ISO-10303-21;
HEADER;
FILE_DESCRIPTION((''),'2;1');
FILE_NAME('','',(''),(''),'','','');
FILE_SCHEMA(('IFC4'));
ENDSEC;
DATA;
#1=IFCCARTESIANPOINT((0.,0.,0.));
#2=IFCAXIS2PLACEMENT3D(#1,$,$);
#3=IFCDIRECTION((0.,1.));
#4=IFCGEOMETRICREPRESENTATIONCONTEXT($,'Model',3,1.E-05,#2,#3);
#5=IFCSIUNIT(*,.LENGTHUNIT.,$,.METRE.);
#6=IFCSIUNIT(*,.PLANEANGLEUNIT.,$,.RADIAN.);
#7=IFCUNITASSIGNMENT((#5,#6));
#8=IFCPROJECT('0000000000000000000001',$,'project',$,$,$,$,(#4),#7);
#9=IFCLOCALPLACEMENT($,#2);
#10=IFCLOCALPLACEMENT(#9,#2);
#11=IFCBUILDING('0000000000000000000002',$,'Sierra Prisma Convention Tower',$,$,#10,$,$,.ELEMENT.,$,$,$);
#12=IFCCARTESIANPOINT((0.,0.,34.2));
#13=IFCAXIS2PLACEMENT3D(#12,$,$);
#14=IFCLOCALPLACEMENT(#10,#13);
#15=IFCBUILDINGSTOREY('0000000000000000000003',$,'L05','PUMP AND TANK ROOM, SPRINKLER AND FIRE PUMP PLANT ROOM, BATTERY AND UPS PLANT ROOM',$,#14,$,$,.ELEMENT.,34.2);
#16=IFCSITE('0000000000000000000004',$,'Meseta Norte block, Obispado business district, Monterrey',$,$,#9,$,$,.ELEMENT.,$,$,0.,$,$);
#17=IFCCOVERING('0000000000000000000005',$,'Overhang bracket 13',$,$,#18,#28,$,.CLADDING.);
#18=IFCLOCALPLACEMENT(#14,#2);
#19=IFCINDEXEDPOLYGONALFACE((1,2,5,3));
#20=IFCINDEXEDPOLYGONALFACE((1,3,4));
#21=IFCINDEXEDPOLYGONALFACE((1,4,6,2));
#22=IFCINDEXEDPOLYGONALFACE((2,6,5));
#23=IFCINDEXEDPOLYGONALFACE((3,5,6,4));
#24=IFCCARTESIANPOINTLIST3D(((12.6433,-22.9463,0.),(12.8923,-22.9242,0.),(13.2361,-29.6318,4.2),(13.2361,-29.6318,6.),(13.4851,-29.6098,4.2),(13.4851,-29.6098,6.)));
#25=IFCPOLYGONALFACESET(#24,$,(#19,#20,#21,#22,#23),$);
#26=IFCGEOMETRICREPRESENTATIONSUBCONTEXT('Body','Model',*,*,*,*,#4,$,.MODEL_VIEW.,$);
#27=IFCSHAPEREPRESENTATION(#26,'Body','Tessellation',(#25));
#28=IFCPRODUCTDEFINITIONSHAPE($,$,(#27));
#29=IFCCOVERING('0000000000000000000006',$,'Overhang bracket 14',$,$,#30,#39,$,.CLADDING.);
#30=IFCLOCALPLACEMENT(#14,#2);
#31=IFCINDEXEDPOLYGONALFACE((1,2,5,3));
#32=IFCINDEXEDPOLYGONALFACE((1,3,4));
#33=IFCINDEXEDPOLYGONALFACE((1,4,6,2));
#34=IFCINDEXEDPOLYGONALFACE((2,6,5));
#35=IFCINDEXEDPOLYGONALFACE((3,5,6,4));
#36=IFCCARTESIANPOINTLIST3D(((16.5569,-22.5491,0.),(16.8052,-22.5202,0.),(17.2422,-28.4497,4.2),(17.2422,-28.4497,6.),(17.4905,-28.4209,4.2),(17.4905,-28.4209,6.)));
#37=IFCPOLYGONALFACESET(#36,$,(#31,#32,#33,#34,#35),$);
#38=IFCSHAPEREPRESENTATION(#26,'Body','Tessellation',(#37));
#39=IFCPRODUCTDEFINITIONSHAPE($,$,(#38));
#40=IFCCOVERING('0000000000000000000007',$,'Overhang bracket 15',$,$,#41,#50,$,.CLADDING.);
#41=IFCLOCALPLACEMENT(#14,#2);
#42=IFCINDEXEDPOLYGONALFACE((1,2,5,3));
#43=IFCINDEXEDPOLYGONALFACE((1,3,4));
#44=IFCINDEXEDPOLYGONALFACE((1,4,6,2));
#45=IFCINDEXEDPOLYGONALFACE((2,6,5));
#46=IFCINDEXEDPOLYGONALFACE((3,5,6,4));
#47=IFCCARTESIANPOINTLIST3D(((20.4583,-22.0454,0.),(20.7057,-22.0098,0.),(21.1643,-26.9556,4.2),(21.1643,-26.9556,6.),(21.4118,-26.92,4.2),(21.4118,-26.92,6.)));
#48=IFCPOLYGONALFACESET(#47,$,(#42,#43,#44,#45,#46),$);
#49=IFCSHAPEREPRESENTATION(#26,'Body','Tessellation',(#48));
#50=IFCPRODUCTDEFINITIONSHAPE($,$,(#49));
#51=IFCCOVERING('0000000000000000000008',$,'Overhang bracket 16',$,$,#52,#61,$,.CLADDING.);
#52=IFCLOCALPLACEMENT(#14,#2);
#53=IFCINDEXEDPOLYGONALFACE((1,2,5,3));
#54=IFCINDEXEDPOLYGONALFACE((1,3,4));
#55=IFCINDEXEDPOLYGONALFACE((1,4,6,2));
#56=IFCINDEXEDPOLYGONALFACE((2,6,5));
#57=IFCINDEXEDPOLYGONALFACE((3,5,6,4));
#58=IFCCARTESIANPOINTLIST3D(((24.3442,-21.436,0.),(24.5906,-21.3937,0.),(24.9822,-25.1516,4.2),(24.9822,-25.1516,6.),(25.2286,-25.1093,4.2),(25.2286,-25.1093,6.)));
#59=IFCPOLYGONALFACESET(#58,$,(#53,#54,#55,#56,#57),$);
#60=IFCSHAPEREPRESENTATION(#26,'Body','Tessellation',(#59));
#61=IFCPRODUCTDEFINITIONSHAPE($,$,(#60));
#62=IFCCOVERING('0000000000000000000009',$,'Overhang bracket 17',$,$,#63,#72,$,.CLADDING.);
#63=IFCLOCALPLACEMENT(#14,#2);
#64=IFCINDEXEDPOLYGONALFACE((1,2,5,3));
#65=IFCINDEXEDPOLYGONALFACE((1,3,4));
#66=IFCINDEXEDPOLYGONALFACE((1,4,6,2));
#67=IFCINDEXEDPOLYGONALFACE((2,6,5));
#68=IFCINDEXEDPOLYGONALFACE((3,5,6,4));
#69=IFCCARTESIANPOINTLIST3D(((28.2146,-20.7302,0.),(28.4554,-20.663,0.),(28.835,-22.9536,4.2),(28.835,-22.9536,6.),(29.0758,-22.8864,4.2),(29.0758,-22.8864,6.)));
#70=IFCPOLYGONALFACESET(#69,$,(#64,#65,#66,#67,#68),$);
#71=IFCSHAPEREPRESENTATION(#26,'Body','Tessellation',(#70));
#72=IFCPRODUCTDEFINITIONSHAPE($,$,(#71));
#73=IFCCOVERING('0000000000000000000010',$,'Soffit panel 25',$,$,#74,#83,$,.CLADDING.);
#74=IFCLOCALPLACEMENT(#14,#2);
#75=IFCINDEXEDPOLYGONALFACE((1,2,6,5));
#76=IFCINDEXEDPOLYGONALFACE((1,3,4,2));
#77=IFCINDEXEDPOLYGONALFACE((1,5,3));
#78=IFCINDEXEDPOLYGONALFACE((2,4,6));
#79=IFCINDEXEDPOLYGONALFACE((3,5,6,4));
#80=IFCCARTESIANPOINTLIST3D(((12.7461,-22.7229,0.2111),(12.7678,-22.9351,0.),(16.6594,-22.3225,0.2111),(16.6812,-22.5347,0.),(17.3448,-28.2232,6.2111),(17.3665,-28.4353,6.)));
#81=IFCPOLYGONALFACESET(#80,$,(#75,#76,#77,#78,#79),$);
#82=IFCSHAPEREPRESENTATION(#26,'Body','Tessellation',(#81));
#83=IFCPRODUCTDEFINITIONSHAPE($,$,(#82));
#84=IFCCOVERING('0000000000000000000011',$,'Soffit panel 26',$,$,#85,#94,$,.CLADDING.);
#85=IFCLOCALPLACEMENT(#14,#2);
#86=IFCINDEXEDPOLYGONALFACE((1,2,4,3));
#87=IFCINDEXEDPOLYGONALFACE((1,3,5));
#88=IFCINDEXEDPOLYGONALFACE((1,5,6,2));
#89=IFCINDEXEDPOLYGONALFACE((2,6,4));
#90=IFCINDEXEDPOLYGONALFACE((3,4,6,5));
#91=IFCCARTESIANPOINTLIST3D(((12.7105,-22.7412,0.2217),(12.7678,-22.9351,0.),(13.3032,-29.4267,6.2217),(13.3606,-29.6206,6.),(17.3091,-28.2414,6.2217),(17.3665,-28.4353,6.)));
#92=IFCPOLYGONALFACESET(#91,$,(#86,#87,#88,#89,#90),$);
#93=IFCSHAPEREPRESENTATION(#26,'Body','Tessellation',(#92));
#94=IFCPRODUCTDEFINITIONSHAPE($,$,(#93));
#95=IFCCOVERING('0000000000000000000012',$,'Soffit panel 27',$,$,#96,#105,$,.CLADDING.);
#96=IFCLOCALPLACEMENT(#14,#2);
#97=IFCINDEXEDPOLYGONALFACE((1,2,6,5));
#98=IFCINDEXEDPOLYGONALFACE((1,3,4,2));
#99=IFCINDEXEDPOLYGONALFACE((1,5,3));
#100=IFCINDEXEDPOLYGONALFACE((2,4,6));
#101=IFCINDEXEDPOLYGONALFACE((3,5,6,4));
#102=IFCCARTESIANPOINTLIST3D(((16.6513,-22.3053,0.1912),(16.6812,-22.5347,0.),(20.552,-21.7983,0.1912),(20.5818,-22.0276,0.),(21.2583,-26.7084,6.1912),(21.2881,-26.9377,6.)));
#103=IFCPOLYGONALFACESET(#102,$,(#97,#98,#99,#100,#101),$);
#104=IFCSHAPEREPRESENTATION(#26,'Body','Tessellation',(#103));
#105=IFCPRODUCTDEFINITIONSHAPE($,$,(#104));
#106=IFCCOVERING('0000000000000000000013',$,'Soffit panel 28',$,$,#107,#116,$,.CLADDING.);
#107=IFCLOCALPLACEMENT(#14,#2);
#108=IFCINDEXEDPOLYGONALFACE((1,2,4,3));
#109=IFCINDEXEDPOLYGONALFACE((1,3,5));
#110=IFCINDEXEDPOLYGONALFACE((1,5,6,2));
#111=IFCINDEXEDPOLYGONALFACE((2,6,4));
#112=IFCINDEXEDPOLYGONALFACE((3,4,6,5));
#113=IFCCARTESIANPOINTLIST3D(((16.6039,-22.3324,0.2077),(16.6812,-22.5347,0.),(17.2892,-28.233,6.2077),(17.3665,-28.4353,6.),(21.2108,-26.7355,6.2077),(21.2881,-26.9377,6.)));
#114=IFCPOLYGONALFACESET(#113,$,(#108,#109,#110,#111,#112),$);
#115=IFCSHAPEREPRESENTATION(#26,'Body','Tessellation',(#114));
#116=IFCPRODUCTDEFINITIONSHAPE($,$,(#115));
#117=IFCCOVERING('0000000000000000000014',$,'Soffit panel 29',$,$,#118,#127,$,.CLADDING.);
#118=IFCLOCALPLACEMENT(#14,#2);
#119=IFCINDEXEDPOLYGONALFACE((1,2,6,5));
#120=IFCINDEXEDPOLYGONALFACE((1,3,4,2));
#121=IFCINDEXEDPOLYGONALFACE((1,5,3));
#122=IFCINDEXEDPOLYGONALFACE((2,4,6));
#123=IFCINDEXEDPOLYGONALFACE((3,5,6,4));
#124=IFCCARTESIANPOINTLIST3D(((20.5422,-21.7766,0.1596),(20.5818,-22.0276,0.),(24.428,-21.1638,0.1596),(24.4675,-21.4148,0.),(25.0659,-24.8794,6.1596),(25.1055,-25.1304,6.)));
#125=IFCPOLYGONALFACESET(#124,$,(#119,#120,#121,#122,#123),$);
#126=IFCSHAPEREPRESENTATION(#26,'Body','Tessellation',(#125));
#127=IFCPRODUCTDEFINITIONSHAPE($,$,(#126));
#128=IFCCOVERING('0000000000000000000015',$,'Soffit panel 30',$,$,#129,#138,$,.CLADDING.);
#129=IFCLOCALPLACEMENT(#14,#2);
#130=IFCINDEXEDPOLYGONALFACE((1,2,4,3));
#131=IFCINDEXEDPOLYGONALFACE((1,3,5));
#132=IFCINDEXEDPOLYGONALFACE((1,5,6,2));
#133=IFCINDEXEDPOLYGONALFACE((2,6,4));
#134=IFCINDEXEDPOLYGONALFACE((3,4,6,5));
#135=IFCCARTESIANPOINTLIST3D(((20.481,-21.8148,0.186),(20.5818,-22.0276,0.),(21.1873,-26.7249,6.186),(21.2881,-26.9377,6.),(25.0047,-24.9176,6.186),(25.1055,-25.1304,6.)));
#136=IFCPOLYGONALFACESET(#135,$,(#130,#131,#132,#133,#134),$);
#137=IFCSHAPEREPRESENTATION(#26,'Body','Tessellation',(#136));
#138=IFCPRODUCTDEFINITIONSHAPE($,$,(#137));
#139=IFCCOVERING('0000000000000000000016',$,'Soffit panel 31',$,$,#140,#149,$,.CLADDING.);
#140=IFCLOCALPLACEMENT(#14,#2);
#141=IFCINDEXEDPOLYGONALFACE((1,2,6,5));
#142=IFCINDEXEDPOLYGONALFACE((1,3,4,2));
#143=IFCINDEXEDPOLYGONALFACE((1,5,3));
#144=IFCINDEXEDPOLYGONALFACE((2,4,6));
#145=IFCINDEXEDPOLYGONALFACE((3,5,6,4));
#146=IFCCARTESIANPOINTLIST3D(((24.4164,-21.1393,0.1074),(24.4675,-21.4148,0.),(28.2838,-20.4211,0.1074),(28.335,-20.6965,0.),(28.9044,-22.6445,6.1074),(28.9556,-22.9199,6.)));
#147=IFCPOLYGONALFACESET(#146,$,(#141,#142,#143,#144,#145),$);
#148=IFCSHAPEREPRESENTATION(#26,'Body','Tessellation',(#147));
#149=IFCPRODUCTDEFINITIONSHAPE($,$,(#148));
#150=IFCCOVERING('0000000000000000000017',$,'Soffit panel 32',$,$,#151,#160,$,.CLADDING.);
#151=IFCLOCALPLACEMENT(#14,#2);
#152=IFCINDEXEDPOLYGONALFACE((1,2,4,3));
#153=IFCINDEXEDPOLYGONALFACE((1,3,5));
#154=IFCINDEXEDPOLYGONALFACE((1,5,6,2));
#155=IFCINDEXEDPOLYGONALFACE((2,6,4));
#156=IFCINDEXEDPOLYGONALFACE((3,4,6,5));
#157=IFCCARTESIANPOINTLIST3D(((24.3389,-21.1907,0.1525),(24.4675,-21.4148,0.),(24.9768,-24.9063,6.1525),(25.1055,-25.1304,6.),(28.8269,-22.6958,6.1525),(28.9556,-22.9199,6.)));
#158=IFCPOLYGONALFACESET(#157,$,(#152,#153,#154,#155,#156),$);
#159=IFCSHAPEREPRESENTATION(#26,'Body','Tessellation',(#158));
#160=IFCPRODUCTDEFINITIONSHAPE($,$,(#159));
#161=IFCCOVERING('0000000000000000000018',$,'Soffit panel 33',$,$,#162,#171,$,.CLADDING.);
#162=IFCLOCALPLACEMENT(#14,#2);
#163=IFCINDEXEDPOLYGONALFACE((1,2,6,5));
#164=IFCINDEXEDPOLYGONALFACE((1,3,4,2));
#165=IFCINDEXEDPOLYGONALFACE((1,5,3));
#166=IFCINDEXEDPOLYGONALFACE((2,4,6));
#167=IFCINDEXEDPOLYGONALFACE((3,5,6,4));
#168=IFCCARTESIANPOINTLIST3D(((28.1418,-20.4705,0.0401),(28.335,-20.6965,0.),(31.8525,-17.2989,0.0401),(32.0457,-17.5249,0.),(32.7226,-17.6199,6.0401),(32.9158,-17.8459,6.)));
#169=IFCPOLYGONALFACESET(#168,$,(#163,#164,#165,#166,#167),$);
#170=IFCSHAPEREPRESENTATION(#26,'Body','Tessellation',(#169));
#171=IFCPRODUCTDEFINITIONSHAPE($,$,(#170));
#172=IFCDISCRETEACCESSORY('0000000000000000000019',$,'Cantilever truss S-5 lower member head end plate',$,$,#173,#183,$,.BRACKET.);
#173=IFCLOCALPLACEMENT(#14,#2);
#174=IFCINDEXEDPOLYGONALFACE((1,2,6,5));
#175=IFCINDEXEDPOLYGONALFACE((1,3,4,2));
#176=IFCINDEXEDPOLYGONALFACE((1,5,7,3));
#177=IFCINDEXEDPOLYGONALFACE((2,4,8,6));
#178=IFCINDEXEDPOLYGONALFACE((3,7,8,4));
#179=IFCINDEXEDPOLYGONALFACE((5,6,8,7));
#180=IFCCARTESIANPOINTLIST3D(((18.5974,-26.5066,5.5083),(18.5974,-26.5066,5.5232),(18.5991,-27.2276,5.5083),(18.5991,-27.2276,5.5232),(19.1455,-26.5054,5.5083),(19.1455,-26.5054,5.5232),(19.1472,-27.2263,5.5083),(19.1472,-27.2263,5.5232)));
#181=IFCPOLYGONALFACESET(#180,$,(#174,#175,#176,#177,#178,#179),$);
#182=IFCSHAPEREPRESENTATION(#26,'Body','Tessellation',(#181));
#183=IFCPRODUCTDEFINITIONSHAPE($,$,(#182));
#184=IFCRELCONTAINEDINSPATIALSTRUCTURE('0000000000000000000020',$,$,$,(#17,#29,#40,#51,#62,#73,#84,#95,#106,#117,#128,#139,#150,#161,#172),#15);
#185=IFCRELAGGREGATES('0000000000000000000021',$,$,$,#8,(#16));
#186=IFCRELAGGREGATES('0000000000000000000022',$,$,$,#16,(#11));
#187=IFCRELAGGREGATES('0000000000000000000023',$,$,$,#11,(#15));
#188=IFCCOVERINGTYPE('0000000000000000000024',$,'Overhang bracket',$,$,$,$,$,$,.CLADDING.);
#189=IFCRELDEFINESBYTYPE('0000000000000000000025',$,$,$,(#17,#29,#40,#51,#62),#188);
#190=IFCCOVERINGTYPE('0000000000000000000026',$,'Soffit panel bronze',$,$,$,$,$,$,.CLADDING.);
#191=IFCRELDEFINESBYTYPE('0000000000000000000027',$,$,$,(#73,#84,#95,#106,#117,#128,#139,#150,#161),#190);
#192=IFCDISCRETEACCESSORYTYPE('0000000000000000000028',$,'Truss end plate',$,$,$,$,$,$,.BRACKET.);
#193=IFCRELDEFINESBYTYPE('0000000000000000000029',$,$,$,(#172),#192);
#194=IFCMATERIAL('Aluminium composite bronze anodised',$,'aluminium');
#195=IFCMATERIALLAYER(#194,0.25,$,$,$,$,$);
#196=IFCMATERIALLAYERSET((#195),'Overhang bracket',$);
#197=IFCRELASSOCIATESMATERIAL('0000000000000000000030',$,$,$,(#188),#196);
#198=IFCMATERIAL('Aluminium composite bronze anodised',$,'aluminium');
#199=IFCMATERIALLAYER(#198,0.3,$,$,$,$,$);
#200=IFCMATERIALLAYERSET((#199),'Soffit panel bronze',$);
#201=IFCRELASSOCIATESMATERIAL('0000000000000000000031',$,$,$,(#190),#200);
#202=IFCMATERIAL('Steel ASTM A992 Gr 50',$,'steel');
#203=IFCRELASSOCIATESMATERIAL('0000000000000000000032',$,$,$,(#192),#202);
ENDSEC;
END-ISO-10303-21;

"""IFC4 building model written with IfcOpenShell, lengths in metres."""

from ifc_helpers import new_model, si_unit, direction, frame, origin, origin_2d, place, context, subcontext, project, spatial, polyline, rectangle, outline, extrude, material, layer, layer_set, type_object, element, save


model = new_model("IFC4")

# Units and contexts
model_context = context("Model", 3, precision=1e-05, world=origin(), true_north=direction((0.0, 1.0)))
body_context = subcontext(model_context, "Body", "Model", "MODEL_VIEW")
ifc_project = project(units=[si_unit("LENGTHUNIT", "METRE"), si_unit("PLANEANGLEUNIT", "RADIAN")], contexts=[model_context])

# Site, building, storey
site_placement = place(None, origin())
site = spatial("IfcSite", under=ifc_project, at=site_placement, Name="Meseta Norte block, Obispado business district, Monterrey", CompositionType="ELEMENT", RefElevation=0.0)
building_placement = place(site_placement, origin())
building = spatial("IfcBuilding", under=site, at=building_placement, Name="Sierra Prisma Convention Tower", CompositionType="ELEMENT")
storey_placement = place(building_placement, frame((0.0, 0.0, 34.2)))
storey = spatial("IfcBuildingStorey", under=building, at=storey_placement, Name="L05", Description="PUMP AND TANK ROOM, SPRINKLER AND FIRE PUMP PLANT ROOM, BATTERY AND UPS PLANT ROOM", CompositionType="ELEMENT", Elevation=34.2)

# Coverings
ifc_material_1 = material(Name="Aluminium composite bronze anodised", Category="aluminium")
ifc_layer_1 = layer(ifc_material_1, 0.25)
ifc_layer_set_1 = layer_set([ifc_layer_1], Name="Overhang bracket")
covering_type_1 = type_object("IfcCoveringType", Name="Overhang bracket", PredefinedType="CLADDING", material=ifc_layer_set_1)
covering_1_placement = place(storey_placement, frame((12.6433, -22.9463, 0.0), z_axis=(-0.996092, -0.088318, 0.0), x_axis=(0.065844, -0.742619, 0.66647)))
element("IfcCovering", 1, at=covering_1_placement, inside=storey, type_object=covering_type_1, Name="Overhang bracket 13", PredefinedType="CLADDING", context=body_context, shape_type="SweptSolid", body=[
    extrude(outline(polyline([(0.0, 0.0), (9.0027, 0.0), (7.803, -1.342), (0.0, 0.0)])), origin(), (0.0, 0.0, -1.0), 0.25),
])
covering_2_placement = place(storey_placement, frame((16.5569, -22.5491, 0.0), z_axis=(-0.993323, -0.115365, 0.0), x_axis=(0.081167, -0.698865, 0.710634)))
element("IfcCovering", 2, at=covering_2_placement, inside=storey, type_object=covering_type_1, Name="Overhang bracket 14", PredefinedType="CLADDING", context=body_context, shape_type="SweptSolid", body=[
    extrude(outline(polyline([(0.0, 0.0), (8.4432, 0.0), (7.164, -1.2664), (0.0, 0.0)])), origin(), (0.0, 0.0, -1.0), 0.25),
])
covering_3_placement = place(storey_placement, frame((20.4583, -22.0454, 0.0), z_axis=(-0.989819, -0.142331, 0.0), x_axis=(0.090693, -0.63071, 0.770701)))
element("IfcCovering", 3, at=covering_3_placement, inside=storey, type_object=covering_type_1, Name="Overhang bracket 15", PredefinedType="CLADDING", context=body_context, shape_type="SweptSolid", body=[
    extrude(outline(polyline([(0.0, 0.0), (7.7851, 0.0), (6.3978, -1.147), (0.0, 0.0)])), origin(), (0.0, 0.0, -1.0), 0.25),
])
covering_4_placement = place(storey_placement, frame((24.3442, -21.436, 0.0), z_axis=(-0.985579, -0.169217, 0.0), x_axis=(0.090027, -0.524349, 0.846731)))
element("IfcCovering", 4, at=covering_4_placement, inside=storey, type_object=covering_type_1, Name="Overhang bracket 16", PredefinedType="CLADDING", context=body_context, shape_type="SweptSolid", body=[
    extrude(outline(polyline([(0.0, 0.0), (7.0861, 0.0), (5.5619, -0.9577), (0.0, 0.0)])), origin(), (0.0, 0.0, -1.0), 0.25),
])
covering_5_placement = place(storey_placement, frame((28.2146, -20.7302, 0.0), z_axis=(-0.96321, -0.268751, 0.0), x_axis=(0.096499, -0.345853, 0.933313)))
element("IfcCovering", 5, at=covering_5_placement, inside=storey, type_object=covering_type_1, Name="Overhang bracket 17", PredefinedType="CLADDING", context=body_context, shape_type="SweptSolid", body=[
    extrude(outline(polyline([(0.0, 0.0), (6.4287, 0.0), (4.7487, -0.6463), (0.0, 0.0)])), origin(), (0.0, 0.0, -1.0), 0.25),
])
ifc_material_2 = material(Name="Aluminium composite bronze anodised", Category="aluminium")
ifc_layer_2 = layer(ifc_material_2, 0.3)
ifc_layer_set_2 = layer_set([ifc_layer_2], Name="Soffit panel bronze")
covering_type_2 = type_object("IfcCoveringType", Name="Soffit panel bronze", PredefinedType="CLADDING", material=ifc_layer_set_2)
covering_6_placement = place(storey_placement, frame((12.7678, -22.9351, 0.0), z_axis=(0.072334, -0.706976, -0.703529), x_axis=(0.994807, 0.101783, 0.0)))
element("IfcCovering", 6, at=covering_6_placement, inside=storey, type_object=covering_type_2, Name="Soffit panel 25", PredefinedType="CLADDING", context=body_context, shape_type="SweptSolid", body=[
    extrude(outline(polyline([(0.0, 0.0), (3.9338, 0.0), (4.0149, 8.4428), (0.0, 0.0)])), origin(), (0.0, 0.0, -1.0), 0.3),
])
covering_7_placement = place(storey_placement, frame((12.7678, -22.9351, 0.0), z_axis=(0.191192, -0.646154, -0.738871), x_axis=(0.491895, -0.588337, 0.641793)))
element("IfcCovering", 7, at=covering_7_placement, inside=storey, type_object=covering_type_2, Name="Soffit panel 26", PredefinedType="CLADDING", context=body_context, shape_type="SweptSolid", body=[
    extrude(outline(polyline([(0.0, 0.0), (9.3488, 0.0), (8.0757, 3.9788), (0.0, 0.0)])), origin(), (0.0, 0.0, -1.0), 0.3),
])
covering_8_placement = place(storey_placement, frame((16.6812, -22.5347, 0.0), z_axis=(0.099358, -0.764296, -0.637165), x_axis=(0.991656, 0.128915, 0.0)))
element("IfcCovering", 8, at=covering_8_placement, inside=storey, type_object=covering_type_2, Name="Soffit panel 27", PredefinedType="CLADDING", context=body_context, shape_type="SweptSolid", body=[
    extrude(outline(polyline([(0.0, 0.0), (3.9335, 0.0), (4.0009, 7.7849), (0.0, 0.0)])), origin(), (0.0, 0.0, -1.0), 0.3),
])
covering_9_placement = place(storey_placement, frame((16.6812, -22.5347, 0.0), z_axis=(0.257419, -0.674097, -0.692335), x_axis=(0.52634, -0.50305, 0.685498)))
element("IfcCovering", 9, at=covering_9_placement, inside=storey, type_object=covering_type_2, Name="Soffit panel 28", PredefinedType="CLADDING", context=body_context, shape_type="SweptSolid", body=[
    extrude(outline(polyline([(0.0, 0.0), (8.7528, 0.0), (7.442, 3.988), (0.0, 0.0)])), origin(), (0.0, 0.0, -1.0), 0.3),
])
covering_10_placement = place(storey_placement, frame((20.5818, -22.0276, 0.0), z_axis=(0.131905, -0.836416, -0.531986), x_axis=(0.987792, 0.155778, 0.0)))
element("IfcCovering", 10, at=covering_10_placement, inside=storey, type_object=covering_type_2, Name="Soffit panel 29", PredefinedType="CLADDING", context=body_context, shape_type="SweptSolid", body=[
    extrude(outline(polyline([(0.0, 0.0), (3.9338, 0.0), (3.9851, 7.0859), (0.0, 0.0)])), origin(), (0.0, 0.0, -1.0), 0.3),
])
covering_11_placement = place(storey_placement, frame((20.5818, -22.0276, 0.0), z_axis=(0.335778, -0.709202, -0.619908), x_axis=(0.556443, -0.381663, 0.738041)))
element("IfcCovering", 11, at=covering_11_placement, inside=storey, type_object=covering_type_2, Name="Soffit panel 30", PredefinedType="CLADDING", context=body_context, shape_type="SweptSolid", body=[
    extrude(outline(polyline([(0.0, 0.0), (8.1296, 0.0), (6.6953, 3.9726), (0.0, 0.0)])), origin(), (0.0, 0.0, -1.0), 0.3),
])
covering_12_placement = place(storey_placement, frame((24.4675, -21.4148, 0.0), z_axis=(0.170507, -0.918082, -0.357845), x_axis=(0.983188, 0.182598, 0.0)))
element("IfcCovering", 12, at=covering_12_placement, inside=storey, type_object=covering_type_2, Name="Soffit panel 31", PredefinedType="CLADDING", context=body_context, shape_type="SweptSolid", body=[
    extrude(outline(polyline([(0.0, 0.0), (3.9336, 0.0), (4.1377, 6.4255), (0.0, 0.0)])), origin(), (0.0, 0.0, -1.0), 0.3),
])
covering_13_placement = place(storey_placement, frame((24.4675, -21.4148, 0.0), z_axis=(0.428831, -0.746926, -0.508138), x_axis=(0.587247, -0.196942, 0.785083)))
element("IfcCovering", 13, at=covering_13_placement, inside=storey, type_object=covering_type_2, Name="Soffit panel 32", PredefinedType="CLADDING", context=body_context, shape_type="SweptSolid", body=[
    extrude(outline(polyline([(0.0, 0.0), (7.6425, 0.0), (5.8169, 4.0468), (0.0, 0.0)])), origin(), (0.0, 0.0, -1.0), 0.3),
])
covering_14_placement = place(storey_placement, frame((28.335, -20.6965, 0.0), z_axis=(0.6439, -0.75334, -0.133687), x_axis=(0.760163, 0.649732, 0.0)))
element("IfcCovering", 14, at=covering_14_placement, inside=storey, type_object=covering_type_2, Name="Soffit panel 33", PredefinedType="CLADDING", context=body_context, shape_type="SweptSolid", body=[
    extrude(outline(polyline([(0.0, 0.0), (4.8814, 0.0), (5.3343, 6.0543), (0.0, 0.0)])), origin(), (0.0, 0.0, -1.0), 0.3),
])

# Discrete accessory
ifc_material_3 = material(Name="Steel ASTM A992 Gr 50", Category="steel")
discrete_accessory_type = type_object("IfcDiscreteAccessoryType", Name="Truss end plate", PredefinedType="BRACKET", material=ifc_material_3)
discrete_accessory_placement = place(storey_placement, frame((18.8723, -26.8665, 5.5083), z_axis=(0.0, 0.0, 1.0), x_axis=(-0.002295, 0.999997, 0.0)))
element("IfcDiscreteAccessory", 15, at=discrete_accessory_placement, inside=storey, type_object=discrete_accessory_type, Name="Cantilever truss S-5 lower member head end plate", PredefinedType="BRACKET", context=body_context, shape_type="SweptSolid", body=[
    extrude(rectangle(XDim=0.7209, YDim=0.5481, at=origin_2d()), origin(), (0.0, 0.0, 1.0), 0.0149),
])

save(model, "model.ifc")
